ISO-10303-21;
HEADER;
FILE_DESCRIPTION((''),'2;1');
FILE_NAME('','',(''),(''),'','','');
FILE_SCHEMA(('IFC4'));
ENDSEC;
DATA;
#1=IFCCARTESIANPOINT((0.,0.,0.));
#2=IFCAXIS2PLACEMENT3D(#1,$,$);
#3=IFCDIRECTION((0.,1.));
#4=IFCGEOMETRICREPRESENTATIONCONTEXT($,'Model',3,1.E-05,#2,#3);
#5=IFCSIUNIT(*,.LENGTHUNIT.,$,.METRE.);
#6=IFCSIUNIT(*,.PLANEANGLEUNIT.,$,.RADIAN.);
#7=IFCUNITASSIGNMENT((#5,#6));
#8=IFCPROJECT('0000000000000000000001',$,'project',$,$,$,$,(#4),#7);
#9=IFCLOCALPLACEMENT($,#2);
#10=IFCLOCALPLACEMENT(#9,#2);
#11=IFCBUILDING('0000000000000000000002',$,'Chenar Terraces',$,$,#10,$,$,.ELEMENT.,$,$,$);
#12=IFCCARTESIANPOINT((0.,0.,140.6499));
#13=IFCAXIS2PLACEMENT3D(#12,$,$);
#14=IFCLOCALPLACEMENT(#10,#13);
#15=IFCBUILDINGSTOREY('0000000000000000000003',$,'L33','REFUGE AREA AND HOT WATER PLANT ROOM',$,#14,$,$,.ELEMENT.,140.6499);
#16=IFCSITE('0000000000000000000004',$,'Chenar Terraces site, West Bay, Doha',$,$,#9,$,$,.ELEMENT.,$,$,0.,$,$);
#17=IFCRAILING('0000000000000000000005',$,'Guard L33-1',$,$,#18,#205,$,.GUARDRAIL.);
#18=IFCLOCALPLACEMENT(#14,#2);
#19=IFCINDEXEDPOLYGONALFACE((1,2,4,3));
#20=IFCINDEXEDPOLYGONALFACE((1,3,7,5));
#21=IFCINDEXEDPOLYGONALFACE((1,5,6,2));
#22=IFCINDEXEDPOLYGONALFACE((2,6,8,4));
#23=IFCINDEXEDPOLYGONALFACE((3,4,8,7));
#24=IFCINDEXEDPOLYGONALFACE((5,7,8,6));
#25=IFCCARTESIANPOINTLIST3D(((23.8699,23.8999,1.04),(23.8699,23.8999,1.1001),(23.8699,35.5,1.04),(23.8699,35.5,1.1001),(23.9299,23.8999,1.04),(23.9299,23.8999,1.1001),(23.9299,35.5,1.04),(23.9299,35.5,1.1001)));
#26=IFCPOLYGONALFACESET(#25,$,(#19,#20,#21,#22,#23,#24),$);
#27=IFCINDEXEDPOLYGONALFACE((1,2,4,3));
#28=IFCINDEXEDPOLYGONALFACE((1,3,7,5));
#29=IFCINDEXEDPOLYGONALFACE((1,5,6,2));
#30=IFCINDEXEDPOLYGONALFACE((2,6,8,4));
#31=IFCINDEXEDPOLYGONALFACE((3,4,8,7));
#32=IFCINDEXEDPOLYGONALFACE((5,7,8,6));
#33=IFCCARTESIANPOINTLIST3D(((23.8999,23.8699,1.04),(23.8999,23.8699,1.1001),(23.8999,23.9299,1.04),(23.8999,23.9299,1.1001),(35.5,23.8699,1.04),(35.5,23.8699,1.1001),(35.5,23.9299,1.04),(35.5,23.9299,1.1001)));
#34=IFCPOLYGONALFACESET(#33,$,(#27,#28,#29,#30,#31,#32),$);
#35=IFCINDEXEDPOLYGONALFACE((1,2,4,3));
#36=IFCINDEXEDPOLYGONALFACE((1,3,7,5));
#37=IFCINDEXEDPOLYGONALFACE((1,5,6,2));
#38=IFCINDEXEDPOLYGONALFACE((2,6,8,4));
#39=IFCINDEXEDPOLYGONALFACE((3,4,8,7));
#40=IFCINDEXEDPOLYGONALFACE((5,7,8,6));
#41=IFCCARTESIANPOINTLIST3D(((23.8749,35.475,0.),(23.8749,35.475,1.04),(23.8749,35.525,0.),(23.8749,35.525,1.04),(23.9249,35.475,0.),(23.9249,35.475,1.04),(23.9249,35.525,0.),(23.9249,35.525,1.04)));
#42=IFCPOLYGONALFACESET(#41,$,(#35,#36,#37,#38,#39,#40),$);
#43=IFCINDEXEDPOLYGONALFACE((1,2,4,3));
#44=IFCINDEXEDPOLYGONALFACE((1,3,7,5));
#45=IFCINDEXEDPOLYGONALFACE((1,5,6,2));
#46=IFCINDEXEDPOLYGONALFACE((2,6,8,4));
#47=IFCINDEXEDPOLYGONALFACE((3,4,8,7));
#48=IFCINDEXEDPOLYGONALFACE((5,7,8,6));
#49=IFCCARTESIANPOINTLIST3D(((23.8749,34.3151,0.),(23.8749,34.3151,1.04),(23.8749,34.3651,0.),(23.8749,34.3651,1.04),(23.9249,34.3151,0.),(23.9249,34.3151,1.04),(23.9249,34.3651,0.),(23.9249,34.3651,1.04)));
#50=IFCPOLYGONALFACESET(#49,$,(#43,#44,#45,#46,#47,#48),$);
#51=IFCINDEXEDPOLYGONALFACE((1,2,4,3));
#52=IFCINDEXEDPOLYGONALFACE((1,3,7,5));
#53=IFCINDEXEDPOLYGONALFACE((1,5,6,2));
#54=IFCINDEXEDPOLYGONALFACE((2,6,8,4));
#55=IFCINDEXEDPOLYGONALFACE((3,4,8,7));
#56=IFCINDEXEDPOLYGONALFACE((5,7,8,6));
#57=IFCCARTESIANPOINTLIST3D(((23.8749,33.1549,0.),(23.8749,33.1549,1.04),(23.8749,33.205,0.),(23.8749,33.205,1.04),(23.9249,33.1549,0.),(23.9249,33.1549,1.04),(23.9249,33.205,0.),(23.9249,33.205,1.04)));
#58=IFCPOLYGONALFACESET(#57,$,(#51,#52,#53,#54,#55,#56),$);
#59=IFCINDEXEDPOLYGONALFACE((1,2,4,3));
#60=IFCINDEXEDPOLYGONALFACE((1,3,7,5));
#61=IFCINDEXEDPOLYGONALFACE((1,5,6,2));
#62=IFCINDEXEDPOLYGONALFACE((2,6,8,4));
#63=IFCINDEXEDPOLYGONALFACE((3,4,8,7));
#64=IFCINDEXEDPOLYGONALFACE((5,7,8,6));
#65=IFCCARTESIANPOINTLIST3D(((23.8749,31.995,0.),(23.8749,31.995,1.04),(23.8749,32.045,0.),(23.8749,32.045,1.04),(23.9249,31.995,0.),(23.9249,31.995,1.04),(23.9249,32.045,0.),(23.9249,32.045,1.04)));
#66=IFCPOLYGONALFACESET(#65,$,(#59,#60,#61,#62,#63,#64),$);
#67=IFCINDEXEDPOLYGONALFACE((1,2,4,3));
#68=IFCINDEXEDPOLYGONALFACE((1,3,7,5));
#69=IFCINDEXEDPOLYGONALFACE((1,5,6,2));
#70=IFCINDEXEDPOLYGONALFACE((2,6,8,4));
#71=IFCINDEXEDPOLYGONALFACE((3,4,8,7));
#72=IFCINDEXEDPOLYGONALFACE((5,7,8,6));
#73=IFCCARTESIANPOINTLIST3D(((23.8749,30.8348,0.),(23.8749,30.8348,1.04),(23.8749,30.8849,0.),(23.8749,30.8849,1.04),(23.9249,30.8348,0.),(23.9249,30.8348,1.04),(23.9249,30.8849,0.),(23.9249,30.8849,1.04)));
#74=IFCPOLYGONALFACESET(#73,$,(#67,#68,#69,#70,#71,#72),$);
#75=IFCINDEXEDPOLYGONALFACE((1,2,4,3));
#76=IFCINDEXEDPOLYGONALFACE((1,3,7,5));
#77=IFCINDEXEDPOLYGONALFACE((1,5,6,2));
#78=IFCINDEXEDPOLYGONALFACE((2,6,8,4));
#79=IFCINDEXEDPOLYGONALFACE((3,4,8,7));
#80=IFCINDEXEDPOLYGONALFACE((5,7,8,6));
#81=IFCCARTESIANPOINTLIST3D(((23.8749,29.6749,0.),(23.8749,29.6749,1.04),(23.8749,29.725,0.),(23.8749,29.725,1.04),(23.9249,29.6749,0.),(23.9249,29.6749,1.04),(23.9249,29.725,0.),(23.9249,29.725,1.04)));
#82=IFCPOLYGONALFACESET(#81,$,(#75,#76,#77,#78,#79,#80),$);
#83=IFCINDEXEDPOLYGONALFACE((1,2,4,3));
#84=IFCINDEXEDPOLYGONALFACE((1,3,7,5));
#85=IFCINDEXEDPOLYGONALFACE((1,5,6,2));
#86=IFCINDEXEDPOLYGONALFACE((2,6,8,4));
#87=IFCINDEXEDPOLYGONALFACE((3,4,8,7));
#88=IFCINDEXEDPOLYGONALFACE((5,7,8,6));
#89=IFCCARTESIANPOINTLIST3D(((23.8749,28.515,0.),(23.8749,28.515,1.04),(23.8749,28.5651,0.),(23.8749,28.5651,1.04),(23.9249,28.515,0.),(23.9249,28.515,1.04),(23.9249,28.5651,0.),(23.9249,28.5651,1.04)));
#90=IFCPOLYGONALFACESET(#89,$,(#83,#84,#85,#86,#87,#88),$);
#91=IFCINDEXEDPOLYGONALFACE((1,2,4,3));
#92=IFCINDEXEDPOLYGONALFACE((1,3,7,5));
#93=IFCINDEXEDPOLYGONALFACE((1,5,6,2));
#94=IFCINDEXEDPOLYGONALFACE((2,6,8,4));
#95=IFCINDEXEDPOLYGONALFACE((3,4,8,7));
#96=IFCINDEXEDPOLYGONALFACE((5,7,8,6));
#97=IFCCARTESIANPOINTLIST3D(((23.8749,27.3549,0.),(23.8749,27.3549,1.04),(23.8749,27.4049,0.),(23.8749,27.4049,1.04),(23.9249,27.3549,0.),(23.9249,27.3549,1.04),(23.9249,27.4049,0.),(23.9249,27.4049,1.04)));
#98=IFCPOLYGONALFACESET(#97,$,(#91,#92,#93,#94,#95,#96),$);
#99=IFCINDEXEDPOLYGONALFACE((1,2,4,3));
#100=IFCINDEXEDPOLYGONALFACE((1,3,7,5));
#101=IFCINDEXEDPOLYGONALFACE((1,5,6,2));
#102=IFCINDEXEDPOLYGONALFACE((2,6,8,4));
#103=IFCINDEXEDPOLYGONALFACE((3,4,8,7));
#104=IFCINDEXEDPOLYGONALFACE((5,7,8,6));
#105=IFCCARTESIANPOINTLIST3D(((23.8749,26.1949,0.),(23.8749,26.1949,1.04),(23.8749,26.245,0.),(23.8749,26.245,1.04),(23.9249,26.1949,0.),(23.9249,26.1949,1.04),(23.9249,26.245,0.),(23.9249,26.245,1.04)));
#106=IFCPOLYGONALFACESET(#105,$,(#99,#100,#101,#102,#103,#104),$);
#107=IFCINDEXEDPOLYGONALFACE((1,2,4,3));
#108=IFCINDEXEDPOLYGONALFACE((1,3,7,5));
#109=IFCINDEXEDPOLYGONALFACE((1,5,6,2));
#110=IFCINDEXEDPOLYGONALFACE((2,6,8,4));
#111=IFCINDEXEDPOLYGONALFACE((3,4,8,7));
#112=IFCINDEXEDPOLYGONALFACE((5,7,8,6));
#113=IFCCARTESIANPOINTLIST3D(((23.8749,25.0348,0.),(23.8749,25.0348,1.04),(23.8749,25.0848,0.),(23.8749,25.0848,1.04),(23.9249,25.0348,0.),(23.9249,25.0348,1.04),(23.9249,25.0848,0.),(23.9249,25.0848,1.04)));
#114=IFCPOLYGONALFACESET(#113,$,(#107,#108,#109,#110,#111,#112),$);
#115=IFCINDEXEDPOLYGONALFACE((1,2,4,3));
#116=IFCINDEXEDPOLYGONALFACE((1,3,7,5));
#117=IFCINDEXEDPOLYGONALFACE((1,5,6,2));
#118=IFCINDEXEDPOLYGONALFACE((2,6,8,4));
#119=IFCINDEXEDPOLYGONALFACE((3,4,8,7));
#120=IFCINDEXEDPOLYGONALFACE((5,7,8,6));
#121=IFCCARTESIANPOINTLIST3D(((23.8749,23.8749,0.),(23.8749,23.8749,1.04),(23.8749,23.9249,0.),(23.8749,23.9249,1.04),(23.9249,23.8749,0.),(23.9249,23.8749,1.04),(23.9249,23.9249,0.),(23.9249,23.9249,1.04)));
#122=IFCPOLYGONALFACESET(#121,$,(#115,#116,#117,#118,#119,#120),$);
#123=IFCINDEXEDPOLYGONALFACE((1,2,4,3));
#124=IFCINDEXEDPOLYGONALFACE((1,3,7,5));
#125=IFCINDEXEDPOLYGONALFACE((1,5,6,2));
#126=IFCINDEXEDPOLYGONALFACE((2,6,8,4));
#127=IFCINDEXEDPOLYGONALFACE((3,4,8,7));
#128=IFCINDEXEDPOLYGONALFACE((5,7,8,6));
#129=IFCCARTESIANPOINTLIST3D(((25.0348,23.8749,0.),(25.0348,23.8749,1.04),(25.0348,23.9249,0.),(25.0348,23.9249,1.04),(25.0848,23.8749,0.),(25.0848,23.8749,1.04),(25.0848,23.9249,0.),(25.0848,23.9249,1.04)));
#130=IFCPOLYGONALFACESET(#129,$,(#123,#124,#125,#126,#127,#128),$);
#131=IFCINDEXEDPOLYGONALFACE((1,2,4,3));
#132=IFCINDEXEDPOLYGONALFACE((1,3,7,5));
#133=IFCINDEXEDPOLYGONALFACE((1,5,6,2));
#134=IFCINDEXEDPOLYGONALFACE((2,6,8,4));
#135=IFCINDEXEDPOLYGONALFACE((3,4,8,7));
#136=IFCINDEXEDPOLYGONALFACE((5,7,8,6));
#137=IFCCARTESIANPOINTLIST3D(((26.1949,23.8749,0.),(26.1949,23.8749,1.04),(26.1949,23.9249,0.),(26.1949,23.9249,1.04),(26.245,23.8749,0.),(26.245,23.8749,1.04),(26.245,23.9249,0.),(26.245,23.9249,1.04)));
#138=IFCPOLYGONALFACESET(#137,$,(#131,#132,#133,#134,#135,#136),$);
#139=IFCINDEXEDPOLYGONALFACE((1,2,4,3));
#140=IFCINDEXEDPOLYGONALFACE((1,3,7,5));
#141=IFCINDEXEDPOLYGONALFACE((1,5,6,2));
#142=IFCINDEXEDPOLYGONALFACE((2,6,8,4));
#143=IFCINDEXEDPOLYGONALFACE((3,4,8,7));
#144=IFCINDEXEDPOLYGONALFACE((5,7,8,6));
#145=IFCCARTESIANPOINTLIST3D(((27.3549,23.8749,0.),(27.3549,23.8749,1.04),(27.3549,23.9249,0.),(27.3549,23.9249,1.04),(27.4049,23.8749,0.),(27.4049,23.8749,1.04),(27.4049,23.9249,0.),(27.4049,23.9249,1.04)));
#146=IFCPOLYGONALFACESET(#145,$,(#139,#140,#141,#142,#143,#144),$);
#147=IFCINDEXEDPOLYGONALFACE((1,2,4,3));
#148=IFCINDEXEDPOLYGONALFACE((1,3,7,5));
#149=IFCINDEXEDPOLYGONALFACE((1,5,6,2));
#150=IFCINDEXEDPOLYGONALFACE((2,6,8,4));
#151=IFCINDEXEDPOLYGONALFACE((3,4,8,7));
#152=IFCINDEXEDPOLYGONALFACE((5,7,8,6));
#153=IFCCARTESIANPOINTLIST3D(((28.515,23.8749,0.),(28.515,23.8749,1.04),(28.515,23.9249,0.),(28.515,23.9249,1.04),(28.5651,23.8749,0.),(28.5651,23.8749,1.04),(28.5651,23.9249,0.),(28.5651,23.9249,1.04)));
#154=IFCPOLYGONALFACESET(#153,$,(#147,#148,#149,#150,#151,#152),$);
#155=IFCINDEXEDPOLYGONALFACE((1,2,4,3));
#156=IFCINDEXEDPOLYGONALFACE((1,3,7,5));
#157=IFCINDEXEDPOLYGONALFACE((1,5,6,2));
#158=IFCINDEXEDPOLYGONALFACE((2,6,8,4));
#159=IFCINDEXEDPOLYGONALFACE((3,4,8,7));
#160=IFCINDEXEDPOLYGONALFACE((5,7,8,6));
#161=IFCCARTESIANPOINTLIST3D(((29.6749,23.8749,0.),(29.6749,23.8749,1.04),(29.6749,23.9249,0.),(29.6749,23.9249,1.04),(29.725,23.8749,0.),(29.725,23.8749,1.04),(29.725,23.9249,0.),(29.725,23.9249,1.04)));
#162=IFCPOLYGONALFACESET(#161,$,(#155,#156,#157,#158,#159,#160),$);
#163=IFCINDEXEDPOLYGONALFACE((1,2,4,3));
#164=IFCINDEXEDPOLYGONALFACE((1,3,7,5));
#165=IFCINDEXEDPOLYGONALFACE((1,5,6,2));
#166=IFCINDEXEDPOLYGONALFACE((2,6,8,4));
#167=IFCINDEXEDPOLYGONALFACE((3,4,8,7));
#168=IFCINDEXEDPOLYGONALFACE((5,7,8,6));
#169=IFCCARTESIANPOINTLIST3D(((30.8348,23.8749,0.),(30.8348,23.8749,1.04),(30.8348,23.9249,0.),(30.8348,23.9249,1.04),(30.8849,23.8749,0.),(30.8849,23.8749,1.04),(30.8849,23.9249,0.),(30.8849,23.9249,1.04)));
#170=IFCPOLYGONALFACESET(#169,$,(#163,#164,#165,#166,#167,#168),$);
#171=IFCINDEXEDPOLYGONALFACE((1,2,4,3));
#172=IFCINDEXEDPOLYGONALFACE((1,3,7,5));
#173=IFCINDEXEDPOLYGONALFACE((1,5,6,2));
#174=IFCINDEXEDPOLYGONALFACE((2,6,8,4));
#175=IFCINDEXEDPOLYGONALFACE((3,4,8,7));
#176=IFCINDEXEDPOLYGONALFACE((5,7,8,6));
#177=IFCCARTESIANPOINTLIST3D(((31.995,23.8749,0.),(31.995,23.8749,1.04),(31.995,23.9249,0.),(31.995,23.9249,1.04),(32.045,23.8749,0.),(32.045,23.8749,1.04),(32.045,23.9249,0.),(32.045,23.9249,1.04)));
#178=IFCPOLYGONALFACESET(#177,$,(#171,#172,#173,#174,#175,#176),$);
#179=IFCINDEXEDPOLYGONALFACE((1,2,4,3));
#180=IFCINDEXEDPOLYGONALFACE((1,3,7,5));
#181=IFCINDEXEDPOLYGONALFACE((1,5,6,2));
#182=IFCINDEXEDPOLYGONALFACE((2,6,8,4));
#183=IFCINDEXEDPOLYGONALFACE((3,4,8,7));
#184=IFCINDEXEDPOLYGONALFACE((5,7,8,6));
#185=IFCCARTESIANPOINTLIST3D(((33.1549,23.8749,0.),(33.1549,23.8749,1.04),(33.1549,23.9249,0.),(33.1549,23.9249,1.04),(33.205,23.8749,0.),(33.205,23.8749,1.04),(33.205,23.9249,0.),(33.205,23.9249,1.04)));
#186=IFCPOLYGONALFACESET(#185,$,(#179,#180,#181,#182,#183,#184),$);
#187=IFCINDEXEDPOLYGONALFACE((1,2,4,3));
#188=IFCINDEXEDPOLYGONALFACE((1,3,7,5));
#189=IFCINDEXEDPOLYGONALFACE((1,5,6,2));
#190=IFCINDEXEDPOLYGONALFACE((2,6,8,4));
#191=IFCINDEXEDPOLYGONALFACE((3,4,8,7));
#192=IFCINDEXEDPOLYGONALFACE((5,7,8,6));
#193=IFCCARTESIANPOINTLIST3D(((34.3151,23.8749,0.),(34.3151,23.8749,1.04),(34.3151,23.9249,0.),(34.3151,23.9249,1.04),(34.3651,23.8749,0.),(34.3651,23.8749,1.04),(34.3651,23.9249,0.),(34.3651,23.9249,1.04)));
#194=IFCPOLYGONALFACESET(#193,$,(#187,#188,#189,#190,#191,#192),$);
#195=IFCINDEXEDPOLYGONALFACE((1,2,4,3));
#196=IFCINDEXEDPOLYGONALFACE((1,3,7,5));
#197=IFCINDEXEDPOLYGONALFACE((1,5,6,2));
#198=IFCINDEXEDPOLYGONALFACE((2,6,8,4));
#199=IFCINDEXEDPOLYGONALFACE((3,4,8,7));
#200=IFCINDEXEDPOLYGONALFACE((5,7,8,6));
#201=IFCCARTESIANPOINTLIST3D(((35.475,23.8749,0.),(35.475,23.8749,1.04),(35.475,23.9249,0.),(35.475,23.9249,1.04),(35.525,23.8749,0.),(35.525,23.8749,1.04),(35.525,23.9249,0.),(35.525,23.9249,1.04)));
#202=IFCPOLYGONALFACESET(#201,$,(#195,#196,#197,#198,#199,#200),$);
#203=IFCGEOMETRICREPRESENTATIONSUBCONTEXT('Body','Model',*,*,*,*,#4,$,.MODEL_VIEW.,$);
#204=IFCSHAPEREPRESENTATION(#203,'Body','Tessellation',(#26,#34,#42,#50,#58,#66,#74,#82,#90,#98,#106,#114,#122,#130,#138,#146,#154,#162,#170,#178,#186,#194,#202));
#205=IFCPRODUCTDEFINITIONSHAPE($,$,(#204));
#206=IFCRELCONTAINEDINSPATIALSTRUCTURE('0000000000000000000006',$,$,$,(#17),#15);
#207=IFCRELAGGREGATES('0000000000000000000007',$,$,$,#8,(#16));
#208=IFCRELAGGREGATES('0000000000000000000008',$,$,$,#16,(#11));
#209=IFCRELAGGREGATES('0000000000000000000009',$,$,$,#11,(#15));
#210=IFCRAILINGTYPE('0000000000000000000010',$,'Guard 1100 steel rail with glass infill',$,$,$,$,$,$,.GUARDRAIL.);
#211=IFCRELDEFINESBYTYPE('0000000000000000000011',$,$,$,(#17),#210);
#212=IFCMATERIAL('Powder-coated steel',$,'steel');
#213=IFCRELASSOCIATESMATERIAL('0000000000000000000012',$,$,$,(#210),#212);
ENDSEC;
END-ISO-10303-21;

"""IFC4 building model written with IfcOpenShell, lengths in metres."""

from ifc_helpers import new_model, si_unit, direction, frame, origin, origin_2d, place, context, subcontext, project, spatial, rectangle, extrude, material, type_object, element, save


model = new_model("IFC4")

# Units and contexts
model_context = context("Model", 3, precision=1e-05, world=origin(), true_north=direction((0.0, 1.0)))
body_context = subcontext(model_context, "Body", "Model", "MODEL_VIEW")
ifc_project = project(units=[si_unit("LENGTHUNIT", "METRE"), si_unit("PLANEANGLEUNIT", "RADIAN")], contexts=[model_context])

# Site, building, storey
site_placement = place(None, origin())
site = spatial("IfcSite", under=ifc_project, at=site_placement, Name="Chenar Terraces site, West Bay, Doha", CompositionType="ELEMENT", RefElevation=0.0)
building_placement = place(site_placement, origin())
building = spatial("IfcBuilding", under=site, at=building_placement, Name="Chenar Terraces", CompositionType="ELEMENT")
storey_placement = place(building_placement, frame((0.0, 0.0, 140.6499)))
storey = spatial("IfcBuildingStorey", under=building, at=storey_placement, Name="L33", Description="REFUGE AREA AND HOT WATER PLANT ROOM", CompositionType="ELEMENT", Elevation=140.6499)

# Railing
ifc_material_1 = material(Name="Powder-coated steel", Category="steel")
railing_type = type_object("IfcRailingType", Name="Guard 1100 steel rail with glass infill", PredefinedType="GUARDRAIL", material=ifc_material_1)
railing_placement = place(storey_placement, frame((23.8999, 35.5, 0.0)))
element("IfcRailing", 1, at=railing_placement, inside=storey, type_object=railing_type, Name="Guard L33-1", PredefinedType="GUARDRAIL", context=body_context, shape_type="SweptSolid", body=[
    extrude(rectangle(XDim=0.0601, YDim=0.0601, at=origin_2d()), frame((0.0, 0.0, 1.0701), z_axis=(0.0, -1.0, 0.0), x_axis=(1.0, 0.0, 0.0)), (0.0, 0.0, 1.0), 11.6001),
    extrude(rectangle(XDim=0.0601, YDim=0.0601, at=origin_2d()), frame((0.0, -11.6001, 1.0701), z_axis=(1.0, 0.0, 0.0), x_axis=(0.0, 1.0, 0.0)), (0.0, 0.0, 1.0), 11.6001),
    extrude(rectangle(XDim=0.05, YDim=0.05, at=origin_2d()), origin(), (0.0, 0.0, 1.0), 1.04),
    extrude(rectangle(XDim=0.05, YDim=0.05, at=origin_2d()), frame((0.0, -1.1599, 0.0)), (0.0, 0.0, 1.0), 1.04),
    extrude(rectangle(XDim=0.05, YDim=0.05, at=origin_2d()), frame((0.0, -2.3201, 0.0)), (0.0, 0.0, 1.0), 1.04),
    extrude(rectangle(XDim=0.05, YDim=0.05, at=origin_2d()), frame((0.0, -3.48, 0.0)), (0.0, 0.0, 1.0), 1.04),
    extrude(rectangle(XDim=0.05, YDim=0.05, at=origin_2d()), frame((0.0, -4.6401, 0.0)), (0.0, 0.0, 1.0), 1.04),
    extrude(rectangle(XDim=0.05, YDim=0.05, at=origin_2d()), frame((0.0, -5.8, 0.0)), (0.0, 0.0, 1.0), 1.04),
    extrude(rectangle(XDim=0.05, YDim=0.05, at=origin_2d()), frame((0.0, -6.96, 0.0)), (0.0, 0.0, 1.0), 1.04),
    extrude(rectangle(XDim=0.05, YDim=0.05, at=origin_2d()), frame((0.0, -8.1201, 0.0)), (0.0, 0.0, 1.0), 1.04),
    extrude(rectangle(XDim=0.05, YDim=0.05, at=origin_2d()), frame((0.0, -9.28, 0.0)), (0.0, 0.0, 1.0), 1.04),
    extrude(rectangle(XDim=0.05, YDim=0.05, at=origin_2d()), frame((0.0, -10.4402, 0.0)), (0.0, 0.0, 1.0), 1.04),
    extrude(rectangle(XDim=0.05, YDim=0.05, at=origin_2d()), frame((0.0, -11.6001, 0.0)), (0.0, 0.0, 1.0), 1.04),
    extrude(rectangle(XDim=0.05, YDim=0.05, at=origin_2d()), frame((1.1599, -11.6001, 0.0)), (0.0, 0.0, 1.0), 1.04),
    extrude(rectangle(XDim=0.05, YDim=0.05, at=origin_2d()), frame((2.3201, -11.6001, 0.0)), (0.0, 0.0, 1.0), 1.04),
    extrude(rectangle(XDim=0.05, YDim=0.05, at=origin_2d()), frame((3.48, -11.6001, 0.0)), (0.0, 0.0, 1.0), 1.04),
    extrude(rectangle(XDim=0.05, YDim=0.05, at=origin_2d()), frame((4.6401, -11.6001, 0.0)), (0.0, 0.0, 1.0), 1.04),
    extrude(rectangle(XDim=0.05, YDim=0.05, at=origin_2d()), frame((5.8, -11.6001, 0.0)), (0.0, 0.0, 1.0), 1.04),
    extrude(rectangle(XDim=0.05, YDim=0.05, at=origin_2d()), frame((6.96, -11.6001, 0.0)), (0.0, 0.0, 1.0), 1.04),
    extrude(rectangle(XDim=0.05, YDim=0.05, at=origin_2d()), frame((8.1201, -11.6001, 0.0)), (0.0, 0.0, 1.0), 1.04),
    extrude(rectangle(XDim=0.05, YDim=0.05, at=origin_2d()), frame((9.28, -11.6001, 0.0)), (0.0, 0.0, 1.0), 1.04),
    extrude(rectangle(XDim=0.05, YDim=0.05, at=origin_2d()), frame((10.4402, -11.6001, 0.0)), (0.0, 0.0, 1.0), 1.04),
    extrude(rectangle(XDim=0.05, YDim=0.05, at=origin_2d()), frame((11.6001, -11.6001, 0.0)), (0.0, 0.0, 1.0), 1.04),
])

save(model, "model.ifc")
